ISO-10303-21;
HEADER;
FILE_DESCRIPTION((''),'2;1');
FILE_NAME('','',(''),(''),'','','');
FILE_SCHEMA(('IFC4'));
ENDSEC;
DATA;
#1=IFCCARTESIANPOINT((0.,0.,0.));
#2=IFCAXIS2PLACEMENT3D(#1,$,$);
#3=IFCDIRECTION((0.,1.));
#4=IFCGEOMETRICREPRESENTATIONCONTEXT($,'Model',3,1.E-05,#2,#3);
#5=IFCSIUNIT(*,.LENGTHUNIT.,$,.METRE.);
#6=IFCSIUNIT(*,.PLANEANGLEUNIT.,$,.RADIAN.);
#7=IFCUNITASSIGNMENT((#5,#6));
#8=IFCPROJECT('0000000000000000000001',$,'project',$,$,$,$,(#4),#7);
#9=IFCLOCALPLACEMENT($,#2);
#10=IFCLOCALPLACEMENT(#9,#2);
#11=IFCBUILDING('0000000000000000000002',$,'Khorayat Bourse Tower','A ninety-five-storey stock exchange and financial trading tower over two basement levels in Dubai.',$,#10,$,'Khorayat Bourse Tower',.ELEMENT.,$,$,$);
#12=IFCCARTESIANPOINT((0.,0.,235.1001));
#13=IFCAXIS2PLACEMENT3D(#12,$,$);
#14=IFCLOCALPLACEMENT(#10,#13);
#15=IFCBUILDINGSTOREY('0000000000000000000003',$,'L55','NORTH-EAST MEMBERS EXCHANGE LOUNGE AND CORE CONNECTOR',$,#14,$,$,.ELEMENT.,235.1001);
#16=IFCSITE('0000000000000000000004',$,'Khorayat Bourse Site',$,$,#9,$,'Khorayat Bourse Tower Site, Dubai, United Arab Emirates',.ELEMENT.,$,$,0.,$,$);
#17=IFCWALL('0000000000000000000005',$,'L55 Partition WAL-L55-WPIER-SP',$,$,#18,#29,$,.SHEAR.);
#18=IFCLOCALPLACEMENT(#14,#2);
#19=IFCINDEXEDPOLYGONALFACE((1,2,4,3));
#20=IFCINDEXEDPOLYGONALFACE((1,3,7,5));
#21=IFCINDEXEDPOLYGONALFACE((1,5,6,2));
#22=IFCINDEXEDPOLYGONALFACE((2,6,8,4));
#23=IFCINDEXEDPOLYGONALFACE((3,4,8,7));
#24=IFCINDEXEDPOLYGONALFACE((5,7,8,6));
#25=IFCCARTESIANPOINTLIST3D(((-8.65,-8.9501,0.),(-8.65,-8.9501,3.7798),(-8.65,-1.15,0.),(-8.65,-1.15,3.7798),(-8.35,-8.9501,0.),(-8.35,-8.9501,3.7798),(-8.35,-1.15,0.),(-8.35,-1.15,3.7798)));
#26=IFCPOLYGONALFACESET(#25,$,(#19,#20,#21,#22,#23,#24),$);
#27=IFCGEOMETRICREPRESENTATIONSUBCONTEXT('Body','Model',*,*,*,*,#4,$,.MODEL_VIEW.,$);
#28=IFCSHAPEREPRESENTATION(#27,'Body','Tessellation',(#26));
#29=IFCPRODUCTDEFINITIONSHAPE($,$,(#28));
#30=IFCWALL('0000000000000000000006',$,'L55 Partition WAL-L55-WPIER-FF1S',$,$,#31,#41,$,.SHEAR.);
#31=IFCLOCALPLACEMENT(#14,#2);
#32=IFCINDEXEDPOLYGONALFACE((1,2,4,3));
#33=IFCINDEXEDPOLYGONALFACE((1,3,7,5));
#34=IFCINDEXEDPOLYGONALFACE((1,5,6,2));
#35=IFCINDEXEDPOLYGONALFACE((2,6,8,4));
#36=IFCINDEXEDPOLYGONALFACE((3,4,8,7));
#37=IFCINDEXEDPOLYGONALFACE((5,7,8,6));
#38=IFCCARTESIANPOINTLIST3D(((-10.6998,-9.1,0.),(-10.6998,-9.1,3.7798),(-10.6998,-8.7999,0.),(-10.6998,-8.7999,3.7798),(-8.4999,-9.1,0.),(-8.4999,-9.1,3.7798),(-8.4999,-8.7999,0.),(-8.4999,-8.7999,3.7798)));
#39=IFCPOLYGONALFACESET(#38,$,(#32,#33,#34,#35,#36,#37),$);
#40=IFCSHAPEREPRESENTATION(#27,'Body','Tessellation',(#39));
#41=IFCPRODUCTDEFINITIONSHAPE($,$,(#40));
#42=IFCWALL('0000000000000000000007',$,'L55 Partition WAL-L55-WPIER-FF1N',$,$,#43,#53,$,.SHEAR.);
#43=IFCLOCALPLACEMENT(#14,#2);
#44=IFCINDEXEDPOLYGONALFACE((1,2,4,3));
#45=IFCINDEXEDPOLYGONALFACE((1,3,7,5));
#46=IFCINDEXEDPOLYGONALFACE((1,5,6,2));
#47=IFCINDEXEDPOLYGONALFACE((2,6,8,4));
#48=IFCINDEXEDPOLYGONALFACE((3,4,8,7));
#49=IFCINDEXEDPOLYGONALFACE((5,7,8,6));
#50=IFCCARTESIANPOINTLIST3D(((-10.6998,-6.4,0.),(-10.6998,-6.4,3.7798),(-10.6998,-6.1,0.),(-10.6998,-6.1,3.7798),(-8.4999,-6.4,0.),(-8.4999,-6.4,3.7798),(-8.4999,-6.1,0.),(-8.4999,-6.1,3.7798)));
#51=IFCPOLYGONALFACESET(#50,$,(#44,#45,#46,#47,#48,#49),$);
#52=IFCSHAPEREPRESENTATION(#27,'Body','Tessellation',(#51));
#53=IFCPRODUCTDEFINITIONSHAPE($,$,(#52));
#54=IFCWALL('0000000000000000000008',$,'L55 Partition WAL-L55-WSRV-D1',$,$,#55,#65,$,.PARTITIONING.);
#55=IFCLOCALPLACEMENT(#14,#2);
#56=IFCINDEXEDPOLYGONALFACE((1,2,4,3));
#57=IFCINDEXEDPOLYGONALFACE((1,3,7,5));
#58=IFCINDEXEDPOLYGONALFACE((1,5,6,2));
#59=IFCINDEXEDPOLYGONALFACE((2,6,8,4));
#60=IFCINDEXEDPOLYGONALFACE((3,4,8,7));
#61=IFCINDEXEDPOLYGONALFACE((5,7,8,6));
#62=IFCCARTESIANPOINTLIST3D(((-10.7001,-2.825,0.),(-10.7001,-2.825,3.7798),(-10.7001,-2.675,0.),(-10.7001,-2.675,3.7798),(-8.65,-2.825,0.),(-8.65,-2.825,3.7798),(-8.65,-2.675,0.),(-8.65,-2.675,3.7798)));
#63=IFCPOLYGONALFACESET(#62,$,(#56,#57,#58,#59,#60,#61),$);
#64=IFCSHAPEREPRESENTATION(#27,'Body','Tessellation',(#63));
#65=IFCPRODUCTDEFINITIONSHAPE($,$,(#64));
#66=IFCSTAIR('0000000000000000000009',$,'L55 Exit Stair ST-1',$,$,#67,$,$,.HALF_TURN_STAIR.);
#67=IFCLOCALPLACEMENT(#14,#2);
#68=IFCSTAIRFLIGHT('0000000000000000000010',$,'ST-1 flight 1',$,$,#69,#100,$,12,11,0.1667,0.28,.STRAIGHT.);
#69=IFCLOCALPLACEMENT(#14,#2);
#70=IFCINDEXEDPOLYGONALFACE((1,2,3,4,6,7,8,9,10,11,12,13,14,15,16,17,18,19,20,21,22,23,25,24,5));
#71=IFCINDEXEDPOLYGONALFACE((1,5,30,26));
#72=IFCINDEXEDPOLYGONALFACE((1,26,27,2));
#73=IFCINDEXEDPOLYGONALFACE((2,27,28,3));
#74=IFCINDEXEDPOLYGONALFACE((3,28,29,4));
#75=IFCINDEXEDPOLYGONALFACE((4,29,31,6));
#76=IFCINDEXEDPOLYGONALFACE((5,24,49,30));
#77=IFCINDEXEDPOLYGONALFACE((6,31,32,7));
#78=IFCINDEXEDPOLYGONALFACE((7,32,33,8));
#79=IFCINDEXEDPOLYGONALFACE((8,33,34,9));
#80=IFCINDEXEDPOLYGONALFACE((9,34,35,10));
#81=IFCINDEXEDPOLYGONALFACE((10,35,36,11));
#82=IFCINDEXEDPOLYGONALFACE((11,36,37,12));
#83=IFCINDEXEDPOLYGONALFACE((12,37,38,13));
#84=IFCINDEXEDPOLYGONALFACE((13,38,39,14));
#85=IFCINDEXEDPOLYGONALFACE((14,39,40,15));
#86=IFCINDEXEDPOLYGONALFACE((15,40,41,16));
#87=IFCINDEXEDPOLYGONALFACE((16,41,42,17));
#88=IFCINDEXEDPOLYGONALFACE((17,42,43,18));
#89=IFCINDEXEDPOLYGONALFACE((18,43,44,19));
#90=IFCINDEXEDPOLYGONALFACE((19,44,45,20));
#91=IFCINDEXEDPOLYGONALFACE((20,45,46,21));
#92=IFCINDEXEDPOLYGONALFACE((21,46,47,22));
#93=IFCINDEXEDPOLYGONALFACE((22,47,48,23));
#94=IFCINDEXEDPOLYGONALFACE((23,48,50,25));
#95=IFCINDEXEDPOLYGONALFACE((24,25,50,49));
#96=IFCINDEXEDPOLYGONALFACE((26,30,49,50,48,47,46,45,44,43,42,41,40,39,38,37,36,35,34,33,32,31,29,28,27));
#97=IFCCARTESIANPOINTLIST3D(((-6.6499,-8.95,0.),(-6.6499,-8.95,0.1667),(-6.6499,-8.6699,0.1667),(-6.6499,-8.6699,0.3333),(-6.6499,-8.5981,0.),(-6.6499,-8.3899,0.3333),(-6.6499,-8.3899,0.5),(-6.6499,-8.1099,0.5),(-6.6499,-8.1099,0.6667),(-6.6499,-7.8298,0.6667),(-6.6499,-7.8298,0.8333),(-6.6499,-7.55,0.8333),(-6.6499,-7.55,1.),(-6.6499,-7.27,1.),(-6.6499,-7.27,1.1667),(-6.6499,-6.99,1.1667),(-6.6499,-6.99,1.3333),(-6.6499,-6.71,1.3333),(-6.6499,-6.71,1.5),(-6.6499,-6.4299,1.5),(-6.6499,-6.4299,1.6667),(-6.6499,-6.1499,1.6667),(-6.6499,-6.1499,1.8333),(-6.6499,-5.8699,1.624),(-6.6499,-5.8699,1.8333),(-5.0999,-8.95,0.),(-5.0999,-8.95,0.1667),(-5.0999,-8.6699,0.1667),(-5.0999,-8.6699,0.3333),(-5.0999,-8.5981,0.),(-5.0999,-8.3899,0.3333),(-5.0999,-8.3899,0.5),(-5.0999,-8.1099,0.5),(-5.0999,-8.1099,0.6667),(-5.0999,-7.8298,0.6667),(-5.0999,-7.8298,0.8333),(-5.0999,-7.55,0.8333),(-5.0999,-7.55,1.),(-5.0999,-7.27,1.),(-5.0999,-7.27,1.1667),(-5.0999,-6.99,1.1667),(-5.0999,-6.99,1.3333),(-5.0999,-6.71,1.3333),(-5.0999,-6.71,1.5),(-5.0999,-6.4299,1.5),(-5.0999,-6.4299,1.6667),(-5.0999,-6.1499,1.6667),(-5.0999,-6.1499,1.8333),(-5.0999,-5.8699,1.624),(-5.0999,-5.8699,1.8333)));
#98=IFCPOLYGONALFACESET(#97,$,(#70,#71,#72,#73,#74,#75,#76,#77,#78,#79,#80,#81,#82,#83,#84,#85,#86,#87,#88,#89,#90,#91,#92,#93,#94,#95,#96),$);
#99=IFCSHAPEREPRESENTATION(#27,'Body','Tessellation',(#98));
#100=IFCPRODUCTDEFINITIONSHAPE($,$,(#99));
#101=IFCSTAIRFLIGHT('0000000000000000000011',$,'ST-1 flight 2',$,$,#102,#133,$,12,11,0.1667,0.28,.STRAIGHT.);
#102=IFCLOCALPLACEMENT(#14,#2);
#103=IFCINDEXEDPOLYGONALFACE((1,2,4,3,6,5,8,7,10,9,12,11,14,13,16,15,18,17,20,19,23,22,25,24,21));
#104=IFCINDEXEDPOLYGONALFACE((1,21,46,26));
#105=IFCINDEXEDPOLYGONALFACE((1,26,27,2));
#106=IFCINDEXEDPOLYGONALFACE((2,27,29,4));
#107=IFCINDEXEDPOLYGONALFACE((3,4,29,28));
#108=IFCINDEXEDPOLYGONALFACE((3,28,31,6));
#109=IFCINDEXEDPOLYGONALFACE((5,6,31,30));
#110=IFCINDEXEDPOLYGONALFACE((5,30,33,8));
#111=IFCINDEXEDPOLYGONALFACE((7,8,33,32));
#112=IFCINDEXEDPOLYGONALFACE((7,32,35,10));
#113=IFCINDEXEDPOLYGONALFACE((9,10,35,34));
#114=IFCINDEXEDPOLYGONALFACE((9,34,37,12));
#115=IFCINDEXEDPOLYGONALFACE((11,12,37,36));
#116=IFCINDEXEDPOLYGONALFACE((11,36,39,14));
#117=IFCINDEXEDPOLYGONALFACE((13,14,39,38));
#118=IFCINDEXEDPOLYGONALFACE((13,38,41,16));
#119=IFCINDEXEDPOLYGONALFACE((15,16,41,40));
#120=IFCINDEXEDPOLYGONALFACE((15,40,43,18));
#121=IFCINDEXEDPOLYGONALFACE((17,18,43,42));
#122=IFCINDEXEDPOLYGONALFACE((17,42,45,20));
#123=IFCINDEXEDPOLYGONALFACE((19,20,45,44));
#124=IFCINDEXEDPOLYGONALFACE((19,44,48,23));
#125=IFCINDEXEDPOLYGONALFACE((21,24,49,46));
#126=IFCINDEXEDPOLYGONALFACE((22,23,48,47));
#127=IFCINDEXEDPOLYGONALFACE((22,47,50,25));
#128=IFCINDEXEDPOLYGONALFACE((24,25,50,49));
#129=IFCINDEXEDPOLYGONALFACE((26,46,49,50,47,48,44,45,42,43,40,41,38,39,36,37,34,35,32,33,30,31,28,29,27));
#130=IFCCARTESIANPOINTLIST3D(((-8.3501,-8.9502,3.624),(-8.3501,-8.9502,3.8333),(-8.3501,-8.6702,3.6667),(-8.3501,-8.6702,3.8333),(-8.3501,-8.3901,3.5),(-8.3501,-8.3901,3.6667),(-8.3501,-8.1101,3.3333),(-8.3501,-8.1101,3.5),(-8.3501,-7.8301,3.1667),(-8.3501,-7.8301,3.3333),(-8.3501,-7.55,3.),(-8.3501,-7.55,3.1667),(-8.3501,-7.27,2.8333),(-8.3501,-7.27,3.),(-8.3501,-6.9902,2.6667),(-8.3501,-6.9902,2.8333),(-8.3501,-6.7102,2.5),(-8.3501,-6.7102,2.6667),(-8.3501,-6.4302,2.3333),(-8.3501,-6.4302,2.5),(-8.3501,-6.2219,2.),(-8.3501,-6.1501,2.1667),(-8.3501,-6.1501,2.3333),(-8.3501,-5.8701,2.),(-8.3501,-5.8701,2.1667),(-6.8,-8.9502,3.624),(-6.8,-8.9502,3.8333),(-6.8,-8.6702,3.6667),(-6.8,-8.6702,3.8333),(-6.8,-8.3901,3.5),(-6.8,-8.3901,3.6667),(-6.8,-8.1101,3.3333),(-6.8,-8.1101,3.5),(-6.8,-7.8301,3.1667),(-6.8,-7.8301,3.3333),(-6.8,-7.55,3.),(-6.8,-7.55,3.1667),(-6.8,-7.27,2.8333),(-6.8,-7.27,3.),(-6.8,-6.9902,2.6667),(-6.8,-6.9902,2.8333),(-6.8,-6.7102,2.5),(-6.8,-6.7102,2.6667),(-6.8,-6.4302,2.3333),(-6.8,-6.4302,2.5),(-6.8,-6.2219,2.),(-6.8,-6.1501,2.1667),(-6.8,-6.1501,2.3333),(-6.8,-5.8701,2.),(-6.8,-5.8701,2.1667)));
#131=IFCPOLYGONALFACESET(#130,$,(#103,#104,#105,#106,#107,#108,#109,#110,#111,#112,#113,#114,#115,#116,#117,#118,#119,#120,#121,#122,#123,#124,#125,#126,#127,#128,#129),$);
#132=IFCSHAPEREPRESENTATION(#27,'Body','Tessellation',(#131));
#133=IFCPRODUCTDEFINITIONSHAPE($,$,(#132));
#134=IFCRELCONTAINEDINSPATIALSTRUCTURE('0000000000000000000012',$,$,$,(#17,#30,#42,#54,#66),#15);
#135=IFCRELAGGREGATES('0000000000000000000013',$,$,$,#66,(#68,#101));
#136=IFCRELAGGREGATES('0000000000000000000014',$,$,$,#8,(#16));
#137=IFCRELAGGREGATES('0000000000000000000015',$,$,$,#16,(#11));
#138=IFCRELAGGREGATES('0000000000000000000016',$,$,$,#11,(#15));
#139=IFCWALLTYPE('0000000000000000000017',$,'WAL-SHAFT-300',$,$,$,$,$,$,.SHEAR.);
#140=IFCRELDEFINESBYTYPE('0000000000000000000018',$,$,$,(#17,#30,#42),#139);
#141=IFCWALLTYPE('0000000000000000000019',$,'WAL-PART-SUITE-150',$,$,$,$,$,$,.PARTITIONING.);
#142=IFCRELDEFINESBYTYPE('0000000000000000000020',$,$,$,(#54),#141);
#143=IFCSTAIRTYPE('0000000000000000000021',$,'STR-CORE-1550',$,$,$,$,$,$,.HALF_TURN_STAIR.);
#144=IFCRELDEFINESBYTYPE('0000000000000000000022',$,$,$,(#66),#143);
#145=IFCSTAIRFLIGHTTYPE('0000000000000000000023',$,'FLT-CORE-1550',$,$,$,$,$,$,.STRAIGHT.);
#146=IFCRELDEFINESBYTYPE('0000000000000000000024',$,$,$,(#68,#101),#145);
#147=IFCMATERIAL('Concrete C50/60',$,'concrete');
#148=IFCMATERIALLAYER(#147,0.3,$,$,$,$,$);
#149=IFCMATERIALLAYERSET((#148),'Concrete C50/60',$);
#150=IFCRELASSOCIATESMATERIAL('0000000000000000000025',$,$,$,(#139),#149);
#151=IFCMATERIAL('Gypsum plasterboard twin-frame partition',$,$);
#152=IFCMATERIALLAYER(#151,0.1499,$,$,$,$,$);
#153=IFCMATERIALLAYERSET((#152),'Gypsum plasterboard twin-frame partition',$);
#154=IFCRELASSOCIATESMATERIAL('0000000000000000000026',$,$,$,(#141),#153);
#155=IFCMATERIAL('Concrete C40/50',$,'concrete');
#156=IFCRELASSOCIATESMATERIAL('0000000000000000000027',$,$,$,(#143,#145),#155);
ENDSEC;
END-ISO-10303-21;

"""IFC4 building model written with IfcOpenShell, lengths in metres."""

from ifc_helpers import new_model, si_unit, direction, frame, frame_2d, origin, place, context, subcontext, project, spatial, polyline, rectangle, outline, extrude, source, transform, mapped, material, layer, layer_set, type_object, element, aggregate, save


model = new_model("IFC4")

# Units and contexts
model_context = context("Model", 3, precision=1e-05, world=origin(), true_north=direction((0.0, 1.0)))
body_context = subcontext(model_context, "Body", "Model", "MODEL_VIEW")
ifc_project = project(units=[si_unit("LENGTHUNIT", "METRE"), si_unit("PLANEANGLEUNIT", "RADIAN")], contexts=[model_context])

# Site, building, storey
site_placement = place(None, origin())
site = spatial("IfcSite", under=ifc_project, at=site_placement, Name="Khorayat Bourse Site", LongName="Khorayat Bourse Tower Site, Dubai, United Arab Emirates", CompositionType="ELEMENT", RefElevation=0.0)
building_placement = place(site_placement, origin())
building = spatial("IfcBuilding", under=site, at=building_placement, Name="Khorayat Bourse Tower", Description="A ninety-five-storey stock exchange and financial trading tower over two basement levels in Dubai.", LongName="Khorayat Bourse Tower", CompositionType="ELEMENT")
storey_placement = place(building_placement, frame((0.0, 0.0, 235.1001)))
storey = spatial("IfcBuildingStorey", under=building, at=storey_placement, Name="L55", Description="NORTH-EAST MEMBERS EXCHANGE LOUNGE AND CORE CONNECTOR", CompositionType="ELEMENT", Elevation=235.1001)

# Walls
ifc_material_1 = material(Name="Concrete C50/60", Category="concrete")
ifc_layer_1 = layer(ifc_material_1, 0.3)
ifc_layer_set_1 = layer_set([ifc_layer_1], Name="Concrete C50/60")
wall_type_1 = type_object("IfcWallType", Name="WAL-SHAFT-300", PredefinedType="SHEAR", material=ifc_layer_set_1)
shared_shape_1 = source(origin(), body_context, "Body", "SweptSolid", [
    extrude(rectangle(XDim=7.8, YDim=0.3, at=frame_2d((3.8999, 0.0))), origin(), (0.0, 0.0, 1.0), 3.7798),
])
wall_1_placement = place(storey_placement, frame((-8.5, -8.95, 0.0), z_axis=(0.0, 0.0, 1.0), x_axis=(0.0, 1.0, 0.0)))
element("IfcWall", 1, at=wall_1_placement, inside=storey, type_object=wall_type_1, Name="L55 Partition WAL-L55-WPIER-SP", PredefinedType="SHEAR", context=body_context, shape_type="MappedRepresentation", body=[
    mapped(shared_shape_1, transform((0.0, 0.0, 0.0), scale=1.0)),
])
shared_shape_2 = source(origin(), body_context, "Body", "SweptSolid", [
    extrude(rectangle(XDim=2.2, YDim=0.3, at=frame_2d((1.1001, 0.0))), origin(), (0.0, 0.0, 1.0), 3.7798),
])
for number, where, z_axis, x_axis, name in (
    (2, (-10.7, -8.95, 0.0), (0.0, 0.0, 1.0), (1.0, 0.0, 0.0), "L55 Partition WAL-L55-WPIER-FF1S"),
    (3, (-10.7, -6.25, 0.0), (0.0, 0.0, 1.0), (1.0, 0.0, 0.0), "L55 Partition WAL-L55-WPIER-FF1N"),
):
    element("IfcWall", number, at=place(storey_placement, frame(where, z_axis=z_axis, x_axis=x_axis)), inside=storey, type_object=wall_type_1, Name=name, PredefinedType="SHEAR", context=body_context, shape_type="MappedRepresentation", body=[
        mapped(shared_shape_2, transform((0.0, 0.0, 0.0), scale=1.0)),
    ])
ifc_material_2 = material(Name="Gypsum plasterboard twin-frame partition")
ifc_layer_2 = layer(ifc_material_2, 0.1499)
ifc_layer_set_2 = layer_set([ifc_layer_2], Name="Gypsum plasterboard twin-frame partition")
wall_type_2 = type_object("IfcWallType", Name="WAL-PART-SUITE-150", PredefinedType="PARTITIONING", material=ifc_layer_set_2)
shared_shape_3 = source(origin(), body_context, "Body", "SweptSolid", [
    extrude(rectangle(XDim=2.05, YDim=0.1499, at=frame_2d((1.0249, 0.0))), origin(), (0.0, 0.0, 1.0), 3.7798),
])
wall_2_placement = place(storey_placement, frame((-10.7, -2.75, 0.0), z_axis=(0.0, 0.0, 1.0), x_axis=(1.0, 0.0, 0.0)))
element("IfcWall", 4, at=wall_2_placement, inside=storey, type_object=wall_type_2, Name="L55 Partition WAL-L55-WSRV-D1", PredefinedType="PARTITIONING", context=body_context, shape_type="MappedRepresentation", body=[
    mapped(shared_shape_3, transform((0.0, 0.0, 0.0), scale=1.0)),
])

# Stair, stair flights
ifc_material_3 = material(Name="Concrete C40/50", Category="concrete")
stair_type = type_object("IfcStairType", Name="STR-CORE-1550", PredefinedType="HALF_TURN_STAIR", material=ifc_material_3)
stair_placement = place(storey_placement, origin())
stair = element("IfcStair", 5, at=stair_placement, inside=storey, type_object=stair_type, Name="L55 Exit Stair ST-1", PredefinedType="HALF_TURN_STAIR")
stair_flight_type = type_object("IfcStairFlightType", Name="FLT-CORE-1550", PredefinedType="STRAIGHT", material=ifc_material_3)
shared_shape_4 = source(origin(), body_context, "Body", "SweptSolid", [
    extrude(outline(polyline([(0.0, 0.0), (0.0, 0.1667), (0.28, 0.1667), (0.28, 0.3333), (0.5601, 0.3333), (0.5601, 0.5), (0.8401, 0.5), (0.8401, 0.6667), (1.1201, 0.6667), (1.1201, 0.8333), (1.3999, 0.8333), (1.3999, 1.0), (1.6799, 1.0), (1.6799, 1.1667), (1.96, 1.1667), (1.96, 1.3333), (2.24, 1.3333), (2.24, 1.5), (2.52, 1.5), (2.52, 1.6667), (2.8, 1.6667), (2.8, 1.8333), (3.0801, 1.8333), (3.0801, 2.0), (3.0801, 1.624), (0.3518, 0.0), (0.0, 0.0)])), frame((0.0, 0.7749, 0.0), z_axis=(0.0, -1.0, 0.0), x_axis=(1.0, 0.0, 0.0)), (0.0, 0.0, 1.0), 1.55),
])
stair_flight_1_placement = place(storey_placement, frame((-5.875, -8.95, 0.0), z_axis=(0.0, 0.0, 1.0), x_axis=(0.0, 1.0, 0.0)))
stair_flight_1 = element("IfcStairFlight", 6, at=stair_flight_1_placement, type_object=stair_flight_type, Name="ST-1 flight 1", NumberOfRisers=12, NumberOfTreads=11, PredefinedType="STRAIGHT", RiserHeight=0.1667, TreadLength=0.28, context=body_context, shape_type="MappedRepresentation", body=[
    mapped(shared_shape_4, transform((0.0, 0.0, 0.0), scale=1.0)),
])
stair_flight_2_placement = place(storey_placement, frame((-7.575, -5.8701, 2.0), z_axis=(0.0, 0.0, 1.0), x_axis=(0.0, -1.0, 0.0)))
stair_flight_2 = element("IfcStairFlight", 7, at=stair_flight_2_placement, type_object=stair_flight_type, Name="ST-1 flight 2", NumberOfRisers=12, NumberOfTreads=11, PredefinedType="STRAIGHT", RiserHeight=0.1667, TreadLength=0.28, context=body_context, shape_type="MappedRepresentation", body=[
    mapped(shared_shape_4, transform((0.0, 0.0, 0.0), scale=1.0)),
])
aggregate(stair, [stair_flight_1, stair_flight_2])

save(model, "model.ifc")
